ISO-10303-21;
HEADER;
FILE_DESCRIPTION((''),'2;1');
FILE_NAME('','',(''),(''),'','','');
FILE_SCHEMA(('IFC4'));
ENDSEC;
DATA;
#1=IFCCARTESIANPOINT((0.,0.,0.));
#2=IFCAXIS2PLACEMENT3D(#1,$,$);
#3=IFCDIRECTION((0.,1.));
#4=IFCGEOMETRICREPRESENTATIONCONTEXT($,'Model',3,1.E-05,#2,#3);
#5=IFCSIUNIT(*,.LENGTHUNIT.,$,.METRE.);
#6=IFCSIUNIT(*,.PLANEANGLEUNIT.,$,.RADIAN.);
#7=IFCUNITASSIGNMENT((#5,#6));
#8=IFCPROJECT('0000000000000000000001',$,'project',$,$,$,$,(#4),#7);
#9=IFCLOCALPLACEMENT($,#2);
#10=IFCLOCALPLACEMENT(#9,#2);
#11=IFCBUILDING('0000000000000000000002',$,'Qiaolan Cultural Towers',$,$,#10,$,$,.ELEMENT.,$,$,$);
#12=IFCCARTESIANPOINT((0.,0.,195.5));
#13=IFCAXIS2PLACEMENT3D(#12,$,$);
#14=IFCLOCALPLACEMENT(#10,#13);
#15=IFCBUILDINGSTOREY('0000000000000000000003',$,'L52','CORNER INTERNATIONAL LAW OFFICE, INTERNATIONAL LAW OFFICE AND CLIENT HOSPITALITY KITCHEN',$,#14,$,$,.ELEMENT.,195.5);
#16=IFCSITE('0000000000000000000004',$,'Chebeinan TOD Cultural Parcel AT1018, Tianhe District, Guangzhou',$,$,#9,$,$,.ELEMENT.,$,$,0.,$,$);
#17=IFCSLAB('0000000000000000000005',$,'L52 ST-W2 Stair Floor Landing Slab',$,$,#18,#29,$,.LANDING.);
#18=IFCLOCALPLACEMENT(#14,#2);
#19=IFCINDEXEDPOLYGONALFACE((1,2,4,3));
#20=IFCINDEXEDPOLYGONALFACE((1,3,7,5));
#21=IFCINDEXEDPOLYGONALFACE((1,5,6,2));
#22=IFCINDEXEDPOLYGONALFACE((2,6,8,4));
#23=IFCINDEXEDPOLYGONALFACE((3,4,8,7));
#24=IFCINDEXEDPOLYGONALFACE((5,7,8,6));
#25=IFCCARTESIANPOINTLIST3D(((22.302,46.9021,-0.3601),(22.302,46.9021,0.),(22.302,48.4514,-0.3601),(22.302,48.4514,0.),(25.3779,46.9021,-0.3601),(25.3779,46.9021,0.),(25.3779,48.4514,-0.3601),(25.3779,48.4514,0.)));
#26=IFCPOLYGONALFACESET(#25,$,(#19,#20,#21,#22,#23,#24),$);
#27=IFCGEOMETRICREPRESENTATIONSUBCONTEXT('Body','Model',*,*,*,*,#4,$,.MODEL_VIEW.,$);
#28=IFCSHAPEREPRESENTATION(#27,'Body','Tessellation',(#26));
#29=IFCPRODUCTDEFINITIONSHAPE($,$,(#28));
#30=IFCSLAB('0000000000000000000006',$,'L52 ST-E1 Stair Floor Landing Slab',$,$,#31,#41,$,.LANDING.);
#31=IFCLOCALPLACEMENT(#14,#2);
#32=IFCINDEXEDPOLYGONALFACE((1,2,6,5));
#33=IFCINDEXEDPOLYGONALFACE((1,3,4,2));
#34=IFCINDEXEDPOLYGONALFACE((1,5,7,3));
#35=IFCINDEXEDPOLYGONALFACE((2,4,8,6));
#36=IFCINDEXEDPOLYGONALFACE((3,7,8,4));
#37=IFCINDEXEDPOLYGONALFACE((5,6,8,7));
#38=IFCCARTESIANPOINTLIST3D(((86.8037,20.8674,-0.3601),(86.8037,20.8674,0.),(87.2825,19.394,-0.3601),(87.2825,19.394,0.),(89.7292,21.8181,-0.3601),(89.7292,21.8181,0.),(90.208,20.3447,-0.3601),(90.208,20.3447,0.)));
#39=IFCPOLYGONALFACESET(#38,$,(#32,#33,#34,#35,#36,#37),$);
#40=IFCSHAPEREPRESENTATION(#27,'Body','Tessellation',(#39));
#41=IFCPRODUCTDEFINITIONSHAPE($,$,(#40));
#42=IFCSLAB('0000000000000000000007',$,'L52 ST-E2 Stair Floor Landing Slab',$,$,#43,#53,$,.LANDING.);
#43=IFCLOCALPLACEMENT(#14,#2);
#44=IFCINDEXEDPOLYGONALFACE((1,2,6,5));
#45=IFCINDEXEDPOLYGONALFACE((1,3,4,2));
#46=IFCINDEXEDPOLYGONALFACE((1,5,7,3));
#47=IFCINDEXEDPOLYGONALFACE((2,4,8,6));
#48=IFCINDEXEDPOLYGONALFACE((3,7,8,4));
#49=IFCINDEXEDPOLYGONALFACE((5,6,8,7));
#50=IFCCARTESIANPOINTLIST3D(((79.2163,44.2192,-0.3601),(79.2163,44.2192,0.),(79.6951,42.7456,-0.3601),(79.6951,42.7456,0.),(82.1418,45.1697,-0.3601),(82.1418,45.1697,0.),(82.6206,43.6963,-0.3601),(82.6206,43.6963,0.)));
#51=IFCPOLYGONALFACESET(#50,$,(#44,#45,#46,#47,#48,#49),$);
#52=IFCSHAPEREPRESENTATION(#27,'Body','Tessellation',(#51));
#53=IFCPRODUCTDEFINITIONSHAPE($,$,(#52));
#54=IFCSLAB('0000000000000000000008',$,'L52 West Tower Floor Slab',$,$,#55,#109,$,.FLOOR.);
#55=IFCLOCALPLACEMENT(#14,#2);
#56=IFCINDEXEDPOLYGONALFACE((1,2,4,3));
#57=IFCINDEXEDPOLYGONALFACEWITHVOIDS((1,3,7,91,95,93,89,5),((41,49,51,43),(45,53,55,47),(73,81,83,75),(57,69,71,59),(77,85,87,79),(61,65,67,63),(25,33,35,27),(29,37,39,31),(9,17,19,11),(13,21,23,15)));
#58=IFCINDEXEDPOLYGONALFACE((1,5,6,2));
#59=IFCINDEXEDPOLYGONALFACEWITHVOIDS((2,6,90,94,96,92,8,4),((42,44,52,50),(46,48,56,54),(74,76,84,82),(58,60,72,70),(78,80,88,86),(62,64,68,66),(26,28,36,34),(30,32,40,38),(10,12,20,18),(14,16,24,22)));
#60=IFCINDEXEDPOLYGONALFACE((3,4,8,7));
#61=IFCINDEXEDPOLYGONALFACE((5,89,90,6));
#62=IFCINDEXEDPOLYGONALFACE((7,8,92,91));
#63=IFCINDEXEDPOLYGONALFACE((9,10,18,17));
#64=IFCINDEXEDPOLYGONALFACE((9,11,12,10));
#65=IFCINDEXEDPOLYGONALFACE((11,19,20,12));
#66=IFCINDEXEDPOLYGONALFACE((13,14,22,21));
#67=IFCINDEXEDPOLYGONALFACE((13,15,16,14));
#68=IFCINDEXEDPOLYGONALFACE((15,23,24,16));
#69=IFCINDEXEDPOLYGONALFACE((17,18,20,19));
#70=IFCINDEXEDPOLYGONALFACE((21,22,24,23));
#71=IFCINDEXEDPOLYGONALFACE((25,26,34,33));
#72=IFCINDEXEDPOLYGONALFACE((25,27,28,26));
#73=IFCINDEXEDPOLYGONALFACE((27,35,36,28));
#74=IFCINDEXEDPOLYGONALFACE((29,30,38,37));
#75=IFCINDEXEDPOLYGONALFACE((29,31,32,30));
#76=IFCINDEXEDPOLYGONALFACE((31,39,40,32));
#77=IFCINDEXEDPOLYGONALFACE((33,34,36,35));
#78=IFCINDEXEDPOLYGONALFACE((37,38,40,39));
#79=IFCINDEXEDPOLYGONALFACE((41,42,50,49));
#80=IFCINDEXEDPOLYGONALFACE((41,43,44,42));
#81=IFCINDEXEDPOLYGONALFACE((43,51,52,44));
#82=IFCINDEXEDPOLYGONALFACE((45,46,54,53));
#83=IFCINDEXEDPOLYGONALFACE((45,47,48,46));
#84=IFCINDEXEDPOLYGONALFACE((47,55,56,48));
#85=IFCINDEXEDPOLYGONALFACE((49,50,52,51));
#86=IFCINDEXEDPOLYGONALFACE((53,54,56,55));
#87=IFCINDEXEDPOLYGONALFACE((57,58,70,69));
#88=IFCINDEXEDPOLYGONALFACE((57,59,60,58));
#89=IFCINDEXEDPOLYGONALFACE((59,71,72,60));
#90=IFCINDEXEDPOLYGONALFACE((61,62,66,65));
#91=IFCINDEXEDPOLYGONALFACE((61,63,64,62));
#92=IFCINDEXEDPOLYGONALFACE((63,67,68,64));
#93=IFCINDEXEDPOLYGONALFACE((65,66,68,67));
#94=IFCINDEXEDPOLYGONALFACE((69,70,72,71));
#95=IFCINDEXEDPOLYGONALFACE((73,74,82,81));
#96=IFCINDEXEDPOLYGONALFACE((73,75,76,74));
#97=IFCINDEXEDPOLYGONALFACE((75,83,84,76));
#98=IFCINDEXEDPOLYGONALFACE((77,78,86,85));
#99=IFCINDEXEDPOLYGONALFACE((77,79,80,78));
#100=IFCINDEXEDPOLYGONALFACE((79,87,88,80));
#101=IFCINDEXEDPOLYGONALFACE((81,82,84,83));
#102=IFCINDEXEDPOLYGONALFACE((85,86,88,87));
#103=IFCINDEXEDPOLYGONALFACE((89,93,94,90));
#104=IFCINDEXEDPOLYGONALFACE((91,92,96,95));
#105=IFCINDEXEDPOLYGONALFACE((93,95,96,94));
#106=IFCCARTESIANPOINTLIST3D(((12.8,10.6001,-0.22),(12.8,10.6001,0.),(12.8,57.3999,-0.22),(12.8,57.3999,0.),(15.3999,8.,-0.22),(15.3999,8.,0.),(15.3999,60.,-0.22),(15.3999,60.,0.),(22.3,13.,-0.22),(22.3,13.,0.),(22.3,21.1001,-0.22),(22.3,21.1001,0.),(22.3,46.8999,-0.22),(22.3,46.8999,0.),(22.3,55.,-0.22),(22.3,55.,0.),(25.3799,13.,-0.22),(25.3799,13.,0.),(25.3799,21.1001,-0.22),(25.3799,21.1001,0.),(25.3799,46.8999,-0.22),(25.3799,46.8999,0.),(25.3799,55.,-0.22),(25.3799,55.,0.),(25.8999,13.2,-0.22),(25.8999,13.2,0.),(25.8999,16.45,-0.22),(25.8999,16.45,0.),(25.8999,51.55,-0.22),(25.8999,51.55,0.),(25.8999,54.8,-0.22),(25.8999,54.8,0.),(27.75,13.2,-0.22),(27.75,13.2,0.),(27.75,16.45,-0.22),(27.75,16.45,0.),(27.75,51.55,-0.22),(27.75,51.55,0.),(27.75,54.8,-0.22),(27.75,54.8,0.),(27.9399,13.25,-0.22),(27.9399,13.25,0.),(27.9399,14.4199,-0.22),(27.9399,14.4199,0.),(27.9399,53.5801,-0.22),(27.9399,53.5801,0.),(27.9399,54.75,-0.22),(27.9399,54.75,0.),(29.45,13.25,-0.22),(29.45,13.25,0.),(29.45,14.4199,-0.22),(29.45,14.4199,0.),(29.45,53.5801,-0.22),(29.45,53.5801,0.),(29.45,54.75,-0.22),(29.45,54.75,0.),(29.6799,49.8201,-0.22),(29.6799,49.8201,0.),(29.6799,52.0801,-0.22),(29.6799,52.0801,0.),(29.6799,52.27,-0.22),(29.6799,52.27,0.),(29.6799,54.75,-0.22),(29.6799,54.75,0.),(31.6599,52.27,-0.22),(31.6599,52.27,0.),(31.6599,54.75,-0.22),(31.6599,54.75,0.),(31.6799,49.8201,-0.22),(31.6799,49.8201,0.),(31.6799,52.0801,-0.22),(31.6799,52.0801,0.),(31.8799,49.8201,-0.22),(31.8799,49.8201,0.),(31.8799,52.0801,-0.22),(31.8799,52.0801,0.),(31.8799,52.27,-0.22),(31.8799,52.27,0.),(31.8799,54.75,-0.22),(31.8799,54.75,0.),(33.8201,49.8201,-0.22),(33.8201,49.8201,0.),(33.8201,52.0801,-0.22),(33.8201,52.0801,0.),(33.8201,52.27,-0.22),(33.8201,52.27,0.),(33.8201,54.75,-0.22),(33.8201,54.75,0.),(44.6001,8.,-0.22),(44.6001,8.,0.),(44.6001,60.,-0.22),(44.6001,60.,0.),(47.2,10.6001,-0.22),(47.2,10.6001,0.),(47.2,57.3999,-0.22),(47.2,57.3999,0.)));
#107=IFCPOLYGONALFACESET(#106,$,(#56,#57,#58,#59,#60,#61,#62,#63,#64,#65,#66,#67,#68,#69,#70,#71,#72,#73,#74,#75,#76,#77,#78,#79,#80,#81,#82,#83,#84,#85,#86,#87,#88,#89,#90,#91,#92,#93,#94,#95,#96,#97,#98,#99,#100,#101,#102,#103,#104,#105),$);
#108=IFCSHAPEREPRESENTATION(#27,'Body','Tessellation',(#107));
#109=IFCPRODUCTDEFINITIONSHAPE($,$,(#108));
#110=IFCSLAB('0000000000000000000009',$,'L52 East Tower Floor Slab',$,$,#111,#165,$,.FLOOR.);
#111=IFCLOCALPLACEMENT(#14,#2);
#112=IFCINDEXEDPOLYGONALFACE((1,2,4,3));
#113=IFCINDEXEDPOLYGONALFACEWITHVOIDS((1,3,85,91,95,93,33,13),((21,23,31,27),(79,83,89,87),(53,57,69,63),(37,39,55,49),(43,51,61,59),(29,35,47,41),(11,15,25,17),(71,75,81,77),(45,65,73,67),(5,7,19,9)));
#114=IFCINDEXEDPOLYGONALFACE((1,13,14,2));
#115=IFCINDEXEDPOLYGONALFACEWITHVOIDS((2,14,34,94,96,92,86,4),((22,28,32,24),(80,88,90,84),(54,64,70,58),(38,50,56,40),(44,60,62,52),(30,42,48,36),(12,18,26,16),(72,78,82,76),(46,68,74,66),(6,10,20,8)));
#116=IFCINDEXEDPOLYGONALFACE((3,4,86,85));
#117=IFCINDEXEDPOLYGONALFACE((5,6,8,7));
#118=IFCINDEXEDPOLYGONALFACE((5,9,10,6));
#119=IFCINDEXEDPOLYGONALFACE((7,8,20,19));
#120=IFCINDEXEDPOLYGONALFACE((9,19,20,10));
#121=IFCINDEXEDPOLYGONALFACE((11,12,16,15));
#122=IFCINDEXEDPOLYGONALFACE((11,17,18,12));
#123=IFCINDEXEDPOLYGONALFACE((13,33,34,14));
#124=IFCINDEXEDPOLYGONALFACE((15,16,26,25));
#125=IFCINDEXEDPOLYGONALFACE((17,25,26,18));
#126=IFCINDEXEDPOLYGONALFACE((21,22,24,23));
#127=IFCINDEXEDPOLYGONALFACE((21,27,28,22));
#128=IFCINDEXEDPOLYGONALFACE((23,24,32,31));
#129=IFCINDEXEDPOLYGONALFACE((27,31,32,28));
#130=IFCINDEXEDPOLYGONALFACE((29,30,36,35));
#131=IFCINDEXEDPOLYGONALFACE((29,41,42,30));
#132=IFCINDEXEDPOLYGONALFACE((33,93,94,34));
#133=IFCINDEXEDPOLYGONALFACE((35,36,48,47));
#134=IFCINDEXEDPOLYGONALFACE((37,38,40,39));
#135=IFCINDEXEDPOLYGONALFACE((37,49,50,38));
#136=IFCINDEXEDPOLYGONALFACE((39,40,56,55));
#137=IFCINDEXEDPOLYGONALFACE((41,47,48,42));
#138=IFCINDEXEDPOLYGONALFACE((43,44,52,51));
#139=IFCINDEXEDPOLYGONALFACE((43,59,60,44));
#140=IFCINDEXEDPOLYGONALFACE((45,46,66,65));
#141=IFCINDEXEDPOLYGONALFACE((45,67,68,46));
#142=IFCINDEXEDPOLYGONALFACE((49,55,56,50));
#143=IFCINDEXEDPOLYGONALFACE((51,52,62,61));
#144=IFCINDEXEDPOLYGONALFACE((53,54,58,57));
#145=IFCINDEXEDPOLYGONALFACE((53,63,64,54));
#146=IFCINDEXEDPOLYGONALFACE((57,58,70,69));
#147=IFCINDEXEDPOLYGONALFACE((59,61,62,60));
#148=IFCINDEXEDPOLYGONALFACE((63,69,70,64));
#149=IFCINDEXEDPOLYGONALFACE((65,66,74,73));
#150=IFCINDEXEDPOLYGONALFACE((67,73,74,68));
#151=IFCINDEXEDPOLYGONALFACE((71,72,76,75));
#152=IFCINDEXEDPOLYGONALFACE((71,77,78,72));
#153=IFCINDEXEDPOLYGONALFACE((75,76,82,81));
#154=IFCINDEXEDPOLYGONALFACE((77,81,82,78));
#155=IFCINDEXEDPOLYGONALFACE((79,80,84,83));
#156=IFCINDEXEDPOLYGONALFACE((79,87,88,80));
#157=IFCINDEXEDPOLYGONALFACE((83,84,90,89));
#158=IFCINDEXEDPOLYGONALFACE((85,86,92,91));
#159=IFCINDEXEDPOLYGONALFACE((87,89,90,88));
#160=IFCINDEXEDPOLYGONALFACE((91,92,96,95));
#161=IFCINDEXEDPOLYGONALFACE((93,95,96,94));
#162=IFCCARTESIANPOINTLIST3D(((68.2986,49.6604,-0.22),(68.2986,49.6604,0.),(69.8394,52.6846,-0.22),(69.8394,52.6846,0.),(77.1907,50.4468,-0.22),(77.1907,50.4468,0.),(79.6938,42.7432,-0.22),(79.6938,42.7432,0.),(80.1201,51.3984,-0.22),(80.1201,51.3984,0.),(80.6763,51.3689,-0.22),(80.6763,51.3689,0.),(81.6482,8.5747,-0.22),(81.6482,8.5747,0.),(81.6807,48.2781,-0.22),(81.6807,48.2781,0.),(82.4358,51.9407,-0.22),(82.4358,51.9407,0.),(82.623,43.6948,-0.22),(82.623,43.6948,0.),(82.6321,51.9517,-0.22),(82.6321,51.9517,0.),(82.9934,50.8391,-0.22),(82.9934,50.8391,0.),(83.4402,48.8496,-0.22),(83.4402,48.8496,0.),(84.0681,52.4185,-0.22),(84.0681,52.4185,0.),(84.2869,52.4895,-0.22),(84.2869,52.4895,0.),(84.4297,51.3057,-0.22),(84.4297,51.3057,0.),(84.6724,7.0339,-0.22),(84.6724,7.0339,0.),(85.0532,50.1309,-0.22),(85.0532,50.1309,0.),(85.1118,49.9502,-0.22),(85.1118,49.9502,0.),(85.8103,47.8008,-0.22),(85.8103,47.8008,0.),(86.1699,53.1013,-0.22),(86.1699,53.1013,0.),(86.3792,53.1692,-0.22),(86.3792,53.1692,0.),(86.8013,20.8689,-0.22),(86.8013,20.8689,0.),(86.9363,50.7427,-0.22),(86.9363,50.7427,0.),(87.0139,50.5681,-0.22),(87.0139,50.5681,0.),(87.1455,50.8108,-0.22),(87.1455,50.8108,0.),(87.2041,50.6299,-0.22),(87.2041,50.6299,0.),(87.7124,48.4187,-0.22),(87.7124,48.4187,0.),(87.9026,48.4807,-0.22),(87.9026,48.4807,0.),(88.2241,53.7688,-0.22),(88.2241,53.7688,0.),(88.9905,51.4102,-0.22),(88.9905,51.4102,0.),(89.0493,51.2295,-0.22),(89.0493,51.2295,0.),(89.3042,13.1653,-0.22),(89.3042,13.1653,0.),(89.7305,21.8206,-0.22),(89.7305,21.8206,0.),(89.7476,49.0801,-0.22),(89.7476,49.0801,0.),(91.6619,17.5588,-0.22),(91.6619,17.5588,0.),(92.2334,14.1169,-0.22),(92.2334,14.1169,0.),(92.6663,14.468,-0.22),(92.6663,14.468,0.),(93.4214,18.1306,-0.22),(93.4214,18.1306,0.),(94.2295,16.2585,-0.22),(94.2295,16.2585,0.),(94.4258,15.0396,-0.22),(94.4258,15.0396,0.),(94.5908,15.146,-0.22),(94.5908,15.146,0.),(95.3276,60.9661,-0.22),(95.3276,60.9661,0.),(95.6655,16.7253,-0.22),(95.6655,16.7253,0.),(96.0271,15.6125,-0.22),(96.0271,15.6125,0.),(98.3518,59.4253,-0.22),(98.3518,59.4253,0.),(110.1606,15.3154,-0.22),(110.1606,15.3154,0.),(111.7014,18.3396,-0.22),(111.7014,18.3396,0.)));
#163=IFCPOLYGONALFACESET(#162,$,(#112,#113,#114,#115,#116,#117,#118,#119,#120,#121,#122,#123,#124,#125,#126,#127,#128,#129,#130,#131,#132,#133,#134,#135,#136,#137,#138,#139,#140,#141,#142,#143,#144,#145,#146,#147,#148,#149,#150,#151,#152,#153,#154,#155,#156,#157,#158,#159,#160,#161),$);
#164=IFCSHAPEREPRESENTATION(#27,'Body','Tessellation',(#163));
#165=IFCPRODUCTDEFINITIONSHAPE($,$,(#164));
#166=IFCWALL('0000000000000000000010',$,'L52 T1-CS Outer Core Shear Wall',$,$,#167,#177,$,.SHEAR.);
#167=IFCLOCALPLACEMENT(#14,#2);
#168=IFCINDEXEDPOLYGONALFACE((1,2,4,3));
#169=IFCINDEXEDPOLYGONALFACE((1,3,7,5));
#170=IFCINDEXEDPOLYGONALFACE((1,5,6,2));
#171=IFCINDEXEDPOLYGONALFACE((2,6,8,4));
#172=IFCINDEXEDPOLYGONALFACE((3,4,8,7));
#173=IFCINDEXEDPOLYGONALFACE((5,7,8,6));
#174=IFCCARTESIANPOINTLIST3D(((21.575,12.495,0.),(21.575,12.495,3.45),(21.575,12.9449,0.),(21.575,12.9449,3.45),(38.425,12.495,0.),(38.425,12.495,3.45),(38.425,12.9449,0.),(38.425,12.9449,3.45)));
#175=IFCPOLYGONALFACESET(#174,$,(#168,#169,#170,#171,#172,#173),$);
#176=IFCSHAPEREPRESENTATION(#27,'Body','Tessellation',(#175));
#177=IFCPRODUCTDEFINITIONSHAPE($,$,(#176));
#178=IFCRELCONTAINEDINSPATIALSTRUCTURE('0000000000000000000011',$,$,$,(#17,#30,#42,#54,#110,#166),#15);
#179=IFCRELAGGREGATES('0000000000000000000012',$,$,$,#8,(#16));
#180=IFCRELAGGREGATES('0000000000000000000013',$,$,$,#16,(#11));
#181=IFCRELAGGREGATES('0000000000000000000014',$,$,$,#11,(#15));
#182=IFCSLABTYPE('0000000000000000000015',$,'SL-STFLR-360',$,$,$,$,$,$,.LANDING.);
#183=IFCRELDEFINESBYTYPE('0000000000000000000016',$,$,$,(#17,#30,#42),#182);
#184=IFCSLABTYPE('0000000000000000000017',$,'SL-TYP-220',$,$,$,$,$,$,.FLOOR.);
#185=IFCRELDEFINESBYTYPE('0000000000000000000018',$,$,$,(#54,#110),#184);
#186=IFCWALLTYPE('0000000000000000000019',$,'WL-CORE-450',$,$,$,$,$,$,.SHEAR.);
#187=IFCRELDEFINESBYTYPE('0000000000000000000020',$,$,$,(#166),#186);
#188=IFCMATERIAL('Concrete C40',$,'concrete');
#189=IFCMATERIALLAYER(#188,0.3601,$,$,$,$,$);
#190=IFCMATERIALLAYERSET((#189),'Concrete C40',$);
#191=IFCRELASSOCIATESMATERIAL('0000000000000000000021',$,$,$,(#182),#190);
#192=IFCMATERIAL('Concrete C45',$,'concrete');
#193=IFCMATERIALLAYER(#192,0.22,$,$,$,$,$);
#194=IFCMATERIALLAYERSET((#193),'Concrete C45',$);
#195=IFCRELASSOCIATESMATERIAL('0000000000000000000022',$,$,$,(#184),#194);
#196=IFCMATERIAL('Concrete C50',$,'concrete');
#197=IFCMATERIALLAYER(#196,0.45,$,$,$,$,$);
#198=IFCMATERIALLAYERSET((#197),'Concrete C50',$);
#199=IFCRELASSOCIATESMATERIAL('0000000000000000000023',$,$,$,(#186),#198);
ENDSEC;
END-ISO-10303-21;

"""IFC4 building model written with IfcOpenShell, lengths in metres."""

from ifc_helpers import new_model, si_unit, direction, frame, frame_2d, origin, place, context, subcontext, project, spatial, polyline, rectangle, outline, extrude, material, layer, layer_set, type_object, element, save


model = new_model("IFC4")

# Units and contexts
model_context = context("Model", 3, precision=1e-05, world=origin(), true_north=direction((0.0, 1.0)))
body_context = subcontext(model_context, "Body", "Model", "MODEL_VIEW")
ifc_project = project(units=[si_unit("LENGTHUNIT", "METRE"), si_unit("PLANEANGLEUNIT", "RADIAN")], contexts=[model_context])

# Site, building, storey
site_placement = place(None, origin())
site = spatial("IfcSite", under=ifc_project, at=site_placement, Name="Chebeinan TOD Cultural Parcel AT1018, Tianhe District, Guangzhou", CompositionType="ELEMENT", RefElevation=0.0)
building_placement = place(site_placement, origin())
building = spatial("IfcBuilding", under=site, at=building_placement, Name="Qiaolan Cultural Towers", CompositionType="ELEMENT")
storey_placement = place(building_placement, frame((0.0, 0.0, 195.5)))
storey = spatial("IfcBuildingStorey", under=building, at=storey_placement, Name="L52", Description="CORNER INTERNATIONAL LAW OFFICE, INTERNATIONAL LAW OFFICE AND CLIENT HOSPITALITY KITCHEN", CompositionType="ELEMENT", Elevation=195.5)

# Slabs
ifc_material_1 = material(Name="Concrete C40", Category="concrete")
ifc_layer_1 = layer(ifc_material_1, 0.3601)
ifc_layer_set_1 = layer_set([ifc_layer_1], Name="Concrete C40")
slab_type_1 = type_object("IfcSlabType", Name="SL-STFLR-360", PredefinedType="LANDING", material=ifc_layer_set_1)
slab_1_placement = place(storey_placement, frame((0.0, 0.0, -0.3601)))
element("IfcSlab", 1, at=slab_1_placement, inside=storey, type_object=slab_type_1, Name="L52 ST-W2 Stair Floor Landing Slab", PredefinedType="LANDING", context=body_context, shape_type="SweptSolid", body=[
    extrude(outline(polyline([(25.3779, 46.9021), (25.3779, 48.4514), (22.302, 48.4514), (22.302, 46.9021), (25.3779, 46.9021)])), origin(), (0.0, 0.0, 1.0), 0.3601),
])
slab_2_placement = place(storey_placement, frame((0.0, 0.0, -0.3601)))
element("IfcSlab", 2, at=slab_2_placement, inside=storey, type_object=slab_type_1, Name="L52 ST-E1 Stair Floor Landing Slab", PredefinedType="LANDING", context=body_context, shape_type="SweptSolid", body=[
    extrude(outline(polyline([(86.8037, 20.8674), (87.2825, 19.394), (90.208, 20.3447), (89.7292, 21.8181), (86.8037, 20.8674)])), origin(), (0.0, 0.0, 1.0), 0.3601),
])
slab_3_placement = place(storey_placement, frame((0.0, 0.0, -0.3601)))
element("IfcSlab", 3, at=slab_3_placement, inside=storey, type_object=slab_type_1, Name="L52 ST-E2 Stair Floor Landing Slab", PredefinedType="LANDING", context=body_context, shape_type="SweptSolid", body=[
    extrude(outline(polyline([(82.6206, 43.6963), (82.1418, 45.1697), (79.2163, 44.2192), (79.6951, 42.7456), (82.6206, 43.6963)])), origin(), (0.0, 0.0, 1.0), 0.3601),
])
ifc_material_2 = material(Name="Concrete C45", Category="concrete")
ifc_layer_2 = layer(ifc_material_2, 0.22)
ifc_layer_set_2 = layer_set([ifc_layer_2], Name="Concrete C45")
slab_type_2 = type_object("IfcSlabType", Name="SL-TYP-220", PredefinedType="FLOOR", material=ifc_layer_set_2)
slab_4_placement = place(storey_placement, frame((0.0, 0.0, -0.22)))
element("IfcSlab", 4, at=slab_4_placement, inside=storey, type_object=slab_type_2, Name="L52 West Tower Floor Slab", PredefinedType="FLOOR", context=body_context, shape_type="SweptSolid", body=[
    extrude(outline(polyline([(15.3999, 8.0), (44.6001, 8.0), (47.2, 10.6001), (47.2, 57.3999), (44.6001, 60.0), (15.3999, 60.0), (12.8, 57.3999), (12.8, 10.6001), (15.3999, 8.0)]), holes=[polyline([(22.3, 21.1001), (22.3, 13.0), (25.3799, 13.0), (25.3799, 21.1001), (22.3, 21.1001)]), polyline([(25.3799, 46.8999), (25.3799, 55.0), (22.3, 55.0), (22.3, 46.8999), (25.3799, 46.8999)]), polyline([(25.8999, 13.2), (27.75, 13.2), (27.75, 16.45), (25.8999, 16.45), (25.8999, 13.2)]), polyline([(27.9399, 13.25), (29.45, 13.25), (29.45, 14.4199), (27.9399, 14.4199), (27.9399, 13.25)]), polyline([(25.8999, 51.55), (27.75, 51.55), (27.75, 54.8), (25.8999, 54.8), (25.8999, 51.55)]), polyline([(27.9399, 53.5801), (29.45, 53.5801), (29.45, 54.75), (27.9399, 54.75), (27.9399, 53.5801)]), polyline([(29.6799, 49.8201), (31.6799, 49.8201), (31.6799, 52.0801), (29.6799, 52.0801), (29.6799, 49.8201)]), polyline([(31.8799, 49.8201), (33.8201, 49.8201), (33.8201, 52.0801), (31.8799, 52.0801), (31.8799, 49.8201)]), polyline([(29.6799, 52.27), (31.6599, 52.27), (31.6599, 54.75), (29.6799, 54.75), (29.6799, 52.27)]), polyline([(31.8799, 52.27), (33.8201, 52.27), (33.8201, 54.75), (31.8799, 54.75), (31.8799, 52.27)])]), origin(), (0.0, 0.0, 1.0), 0.22),
])
slab_5_placement = place(storey_placement, frame((0.0, 0.0, -0.22)))
element("IfcSlab", 5, at=slab_5_placement, inside=storey, type_object=slab_type_2, Name="L52 East Tower Floor Slab", PredefinedType="FLOOR", context=body_context, shape_type="SweptSolid", body=[
    extrude(outline(polyline([(84.6724, 7.0339), (110.1606, 15.3154), (111.7014, 18.3396), (98.3518, 59.4253), (95.3276, 60.9661), (69.8394, 52.6846), (68.2986, 49.6604), (81.6482, 8.5747), (84.6724, 7.0339)]), holes=[polyline([(86.8013, 20.8689), (89.3042, 13.1653), (92.2334, 14.1169), (89.7305, 21.8206), (86.8013, 20.8689)]), polyline([(82.623, 43.6948), (80.1201, 51.3984), (77.1907, 50.4468), (79.6938, 42.7432), (82.623, 43.6948)]), polyline([(92.6663, 14.468), (94.4258, 15.0396), (93.4214, 18.1306), (91.6619, 17.5588), (92.6663, 14.468)]), polyline([(94.5908, 15.146), (96.0271, 15.6125), (95.6655, 16.7253), (94.2295, 16.2585), (94.5908, 15.146)]), polyline([(81.6807, 48.2781), (83.4402, 48.8496), (82.4358, 51.9407), (80.6763, 51.3689), (81.6807, 48.2781)]), polyline([(82.9934, 50.8391), (84.4297, 51.3057), (84.0681, 52.4185), (82.6321, 51.9517), (82.9934, 50.8391)]), polyline([(85.8103, 47.8008), (87.7124, 48.4187), (87.0139, 50.5681), (85.1118, 49.9502), (85.8103, 47.8008)]), polyline([(87.9026, 48.4807), (89.7476, 49.0801), (89.0493, 51.2295), (87.2041, 50.6299), (87.9026, 48.4807)]), polyline([(85.0532, 50.1309), (86.9363, 50.7427), (86.1699, 53.1013), (84.2869, 52.4895), (85.0532, 50.1309)]), polyline([(87.1455, 50.8108), (88.9905, 51.4102), (88.2241, 53.7688), (86.3792, 53.1692), (87.1455, 50.8108)])]), origin(), (0.0, 0.0, 1.0), 0.22),
])

# Wall
ifc_material_3 = material(Name="Concrete C50", Category="concrete")
ifc_layer_3 = layer(ifc_material_3, 0.45)
ifc_layer_set_3 = layer_set([ifc_layer_3], Name="Concrete C50")
wall_type_1 = type_object("IfcWallType", Name="WL-CORE-450", PredefinedType="SHEAR", material=ifc_layer_set_3)
wall_1_placement = place(storey_placement, frame((21.575, 12.72, 0.0), z_axis=(0.0, 0.0, 1.0), x_axis=(1.0, 0.0, 0.0)))
element("IfcWall", 6, at=wall_1_placement, inside=storey, type_object=wall_type_1, Name="L52 T1-CS Outer Core Shear Wall", PredefinedType="SHEAR", context=body_context, shape_type="SweptSolid", body=[
    extrude(rectangle(XDim=16.8501, YDim=0.45, at=frame_2d((8.425, 0.0))), origin(), (0.0, 0.0, 1.0), 3.45),
])

save(model, "model.ifc")
